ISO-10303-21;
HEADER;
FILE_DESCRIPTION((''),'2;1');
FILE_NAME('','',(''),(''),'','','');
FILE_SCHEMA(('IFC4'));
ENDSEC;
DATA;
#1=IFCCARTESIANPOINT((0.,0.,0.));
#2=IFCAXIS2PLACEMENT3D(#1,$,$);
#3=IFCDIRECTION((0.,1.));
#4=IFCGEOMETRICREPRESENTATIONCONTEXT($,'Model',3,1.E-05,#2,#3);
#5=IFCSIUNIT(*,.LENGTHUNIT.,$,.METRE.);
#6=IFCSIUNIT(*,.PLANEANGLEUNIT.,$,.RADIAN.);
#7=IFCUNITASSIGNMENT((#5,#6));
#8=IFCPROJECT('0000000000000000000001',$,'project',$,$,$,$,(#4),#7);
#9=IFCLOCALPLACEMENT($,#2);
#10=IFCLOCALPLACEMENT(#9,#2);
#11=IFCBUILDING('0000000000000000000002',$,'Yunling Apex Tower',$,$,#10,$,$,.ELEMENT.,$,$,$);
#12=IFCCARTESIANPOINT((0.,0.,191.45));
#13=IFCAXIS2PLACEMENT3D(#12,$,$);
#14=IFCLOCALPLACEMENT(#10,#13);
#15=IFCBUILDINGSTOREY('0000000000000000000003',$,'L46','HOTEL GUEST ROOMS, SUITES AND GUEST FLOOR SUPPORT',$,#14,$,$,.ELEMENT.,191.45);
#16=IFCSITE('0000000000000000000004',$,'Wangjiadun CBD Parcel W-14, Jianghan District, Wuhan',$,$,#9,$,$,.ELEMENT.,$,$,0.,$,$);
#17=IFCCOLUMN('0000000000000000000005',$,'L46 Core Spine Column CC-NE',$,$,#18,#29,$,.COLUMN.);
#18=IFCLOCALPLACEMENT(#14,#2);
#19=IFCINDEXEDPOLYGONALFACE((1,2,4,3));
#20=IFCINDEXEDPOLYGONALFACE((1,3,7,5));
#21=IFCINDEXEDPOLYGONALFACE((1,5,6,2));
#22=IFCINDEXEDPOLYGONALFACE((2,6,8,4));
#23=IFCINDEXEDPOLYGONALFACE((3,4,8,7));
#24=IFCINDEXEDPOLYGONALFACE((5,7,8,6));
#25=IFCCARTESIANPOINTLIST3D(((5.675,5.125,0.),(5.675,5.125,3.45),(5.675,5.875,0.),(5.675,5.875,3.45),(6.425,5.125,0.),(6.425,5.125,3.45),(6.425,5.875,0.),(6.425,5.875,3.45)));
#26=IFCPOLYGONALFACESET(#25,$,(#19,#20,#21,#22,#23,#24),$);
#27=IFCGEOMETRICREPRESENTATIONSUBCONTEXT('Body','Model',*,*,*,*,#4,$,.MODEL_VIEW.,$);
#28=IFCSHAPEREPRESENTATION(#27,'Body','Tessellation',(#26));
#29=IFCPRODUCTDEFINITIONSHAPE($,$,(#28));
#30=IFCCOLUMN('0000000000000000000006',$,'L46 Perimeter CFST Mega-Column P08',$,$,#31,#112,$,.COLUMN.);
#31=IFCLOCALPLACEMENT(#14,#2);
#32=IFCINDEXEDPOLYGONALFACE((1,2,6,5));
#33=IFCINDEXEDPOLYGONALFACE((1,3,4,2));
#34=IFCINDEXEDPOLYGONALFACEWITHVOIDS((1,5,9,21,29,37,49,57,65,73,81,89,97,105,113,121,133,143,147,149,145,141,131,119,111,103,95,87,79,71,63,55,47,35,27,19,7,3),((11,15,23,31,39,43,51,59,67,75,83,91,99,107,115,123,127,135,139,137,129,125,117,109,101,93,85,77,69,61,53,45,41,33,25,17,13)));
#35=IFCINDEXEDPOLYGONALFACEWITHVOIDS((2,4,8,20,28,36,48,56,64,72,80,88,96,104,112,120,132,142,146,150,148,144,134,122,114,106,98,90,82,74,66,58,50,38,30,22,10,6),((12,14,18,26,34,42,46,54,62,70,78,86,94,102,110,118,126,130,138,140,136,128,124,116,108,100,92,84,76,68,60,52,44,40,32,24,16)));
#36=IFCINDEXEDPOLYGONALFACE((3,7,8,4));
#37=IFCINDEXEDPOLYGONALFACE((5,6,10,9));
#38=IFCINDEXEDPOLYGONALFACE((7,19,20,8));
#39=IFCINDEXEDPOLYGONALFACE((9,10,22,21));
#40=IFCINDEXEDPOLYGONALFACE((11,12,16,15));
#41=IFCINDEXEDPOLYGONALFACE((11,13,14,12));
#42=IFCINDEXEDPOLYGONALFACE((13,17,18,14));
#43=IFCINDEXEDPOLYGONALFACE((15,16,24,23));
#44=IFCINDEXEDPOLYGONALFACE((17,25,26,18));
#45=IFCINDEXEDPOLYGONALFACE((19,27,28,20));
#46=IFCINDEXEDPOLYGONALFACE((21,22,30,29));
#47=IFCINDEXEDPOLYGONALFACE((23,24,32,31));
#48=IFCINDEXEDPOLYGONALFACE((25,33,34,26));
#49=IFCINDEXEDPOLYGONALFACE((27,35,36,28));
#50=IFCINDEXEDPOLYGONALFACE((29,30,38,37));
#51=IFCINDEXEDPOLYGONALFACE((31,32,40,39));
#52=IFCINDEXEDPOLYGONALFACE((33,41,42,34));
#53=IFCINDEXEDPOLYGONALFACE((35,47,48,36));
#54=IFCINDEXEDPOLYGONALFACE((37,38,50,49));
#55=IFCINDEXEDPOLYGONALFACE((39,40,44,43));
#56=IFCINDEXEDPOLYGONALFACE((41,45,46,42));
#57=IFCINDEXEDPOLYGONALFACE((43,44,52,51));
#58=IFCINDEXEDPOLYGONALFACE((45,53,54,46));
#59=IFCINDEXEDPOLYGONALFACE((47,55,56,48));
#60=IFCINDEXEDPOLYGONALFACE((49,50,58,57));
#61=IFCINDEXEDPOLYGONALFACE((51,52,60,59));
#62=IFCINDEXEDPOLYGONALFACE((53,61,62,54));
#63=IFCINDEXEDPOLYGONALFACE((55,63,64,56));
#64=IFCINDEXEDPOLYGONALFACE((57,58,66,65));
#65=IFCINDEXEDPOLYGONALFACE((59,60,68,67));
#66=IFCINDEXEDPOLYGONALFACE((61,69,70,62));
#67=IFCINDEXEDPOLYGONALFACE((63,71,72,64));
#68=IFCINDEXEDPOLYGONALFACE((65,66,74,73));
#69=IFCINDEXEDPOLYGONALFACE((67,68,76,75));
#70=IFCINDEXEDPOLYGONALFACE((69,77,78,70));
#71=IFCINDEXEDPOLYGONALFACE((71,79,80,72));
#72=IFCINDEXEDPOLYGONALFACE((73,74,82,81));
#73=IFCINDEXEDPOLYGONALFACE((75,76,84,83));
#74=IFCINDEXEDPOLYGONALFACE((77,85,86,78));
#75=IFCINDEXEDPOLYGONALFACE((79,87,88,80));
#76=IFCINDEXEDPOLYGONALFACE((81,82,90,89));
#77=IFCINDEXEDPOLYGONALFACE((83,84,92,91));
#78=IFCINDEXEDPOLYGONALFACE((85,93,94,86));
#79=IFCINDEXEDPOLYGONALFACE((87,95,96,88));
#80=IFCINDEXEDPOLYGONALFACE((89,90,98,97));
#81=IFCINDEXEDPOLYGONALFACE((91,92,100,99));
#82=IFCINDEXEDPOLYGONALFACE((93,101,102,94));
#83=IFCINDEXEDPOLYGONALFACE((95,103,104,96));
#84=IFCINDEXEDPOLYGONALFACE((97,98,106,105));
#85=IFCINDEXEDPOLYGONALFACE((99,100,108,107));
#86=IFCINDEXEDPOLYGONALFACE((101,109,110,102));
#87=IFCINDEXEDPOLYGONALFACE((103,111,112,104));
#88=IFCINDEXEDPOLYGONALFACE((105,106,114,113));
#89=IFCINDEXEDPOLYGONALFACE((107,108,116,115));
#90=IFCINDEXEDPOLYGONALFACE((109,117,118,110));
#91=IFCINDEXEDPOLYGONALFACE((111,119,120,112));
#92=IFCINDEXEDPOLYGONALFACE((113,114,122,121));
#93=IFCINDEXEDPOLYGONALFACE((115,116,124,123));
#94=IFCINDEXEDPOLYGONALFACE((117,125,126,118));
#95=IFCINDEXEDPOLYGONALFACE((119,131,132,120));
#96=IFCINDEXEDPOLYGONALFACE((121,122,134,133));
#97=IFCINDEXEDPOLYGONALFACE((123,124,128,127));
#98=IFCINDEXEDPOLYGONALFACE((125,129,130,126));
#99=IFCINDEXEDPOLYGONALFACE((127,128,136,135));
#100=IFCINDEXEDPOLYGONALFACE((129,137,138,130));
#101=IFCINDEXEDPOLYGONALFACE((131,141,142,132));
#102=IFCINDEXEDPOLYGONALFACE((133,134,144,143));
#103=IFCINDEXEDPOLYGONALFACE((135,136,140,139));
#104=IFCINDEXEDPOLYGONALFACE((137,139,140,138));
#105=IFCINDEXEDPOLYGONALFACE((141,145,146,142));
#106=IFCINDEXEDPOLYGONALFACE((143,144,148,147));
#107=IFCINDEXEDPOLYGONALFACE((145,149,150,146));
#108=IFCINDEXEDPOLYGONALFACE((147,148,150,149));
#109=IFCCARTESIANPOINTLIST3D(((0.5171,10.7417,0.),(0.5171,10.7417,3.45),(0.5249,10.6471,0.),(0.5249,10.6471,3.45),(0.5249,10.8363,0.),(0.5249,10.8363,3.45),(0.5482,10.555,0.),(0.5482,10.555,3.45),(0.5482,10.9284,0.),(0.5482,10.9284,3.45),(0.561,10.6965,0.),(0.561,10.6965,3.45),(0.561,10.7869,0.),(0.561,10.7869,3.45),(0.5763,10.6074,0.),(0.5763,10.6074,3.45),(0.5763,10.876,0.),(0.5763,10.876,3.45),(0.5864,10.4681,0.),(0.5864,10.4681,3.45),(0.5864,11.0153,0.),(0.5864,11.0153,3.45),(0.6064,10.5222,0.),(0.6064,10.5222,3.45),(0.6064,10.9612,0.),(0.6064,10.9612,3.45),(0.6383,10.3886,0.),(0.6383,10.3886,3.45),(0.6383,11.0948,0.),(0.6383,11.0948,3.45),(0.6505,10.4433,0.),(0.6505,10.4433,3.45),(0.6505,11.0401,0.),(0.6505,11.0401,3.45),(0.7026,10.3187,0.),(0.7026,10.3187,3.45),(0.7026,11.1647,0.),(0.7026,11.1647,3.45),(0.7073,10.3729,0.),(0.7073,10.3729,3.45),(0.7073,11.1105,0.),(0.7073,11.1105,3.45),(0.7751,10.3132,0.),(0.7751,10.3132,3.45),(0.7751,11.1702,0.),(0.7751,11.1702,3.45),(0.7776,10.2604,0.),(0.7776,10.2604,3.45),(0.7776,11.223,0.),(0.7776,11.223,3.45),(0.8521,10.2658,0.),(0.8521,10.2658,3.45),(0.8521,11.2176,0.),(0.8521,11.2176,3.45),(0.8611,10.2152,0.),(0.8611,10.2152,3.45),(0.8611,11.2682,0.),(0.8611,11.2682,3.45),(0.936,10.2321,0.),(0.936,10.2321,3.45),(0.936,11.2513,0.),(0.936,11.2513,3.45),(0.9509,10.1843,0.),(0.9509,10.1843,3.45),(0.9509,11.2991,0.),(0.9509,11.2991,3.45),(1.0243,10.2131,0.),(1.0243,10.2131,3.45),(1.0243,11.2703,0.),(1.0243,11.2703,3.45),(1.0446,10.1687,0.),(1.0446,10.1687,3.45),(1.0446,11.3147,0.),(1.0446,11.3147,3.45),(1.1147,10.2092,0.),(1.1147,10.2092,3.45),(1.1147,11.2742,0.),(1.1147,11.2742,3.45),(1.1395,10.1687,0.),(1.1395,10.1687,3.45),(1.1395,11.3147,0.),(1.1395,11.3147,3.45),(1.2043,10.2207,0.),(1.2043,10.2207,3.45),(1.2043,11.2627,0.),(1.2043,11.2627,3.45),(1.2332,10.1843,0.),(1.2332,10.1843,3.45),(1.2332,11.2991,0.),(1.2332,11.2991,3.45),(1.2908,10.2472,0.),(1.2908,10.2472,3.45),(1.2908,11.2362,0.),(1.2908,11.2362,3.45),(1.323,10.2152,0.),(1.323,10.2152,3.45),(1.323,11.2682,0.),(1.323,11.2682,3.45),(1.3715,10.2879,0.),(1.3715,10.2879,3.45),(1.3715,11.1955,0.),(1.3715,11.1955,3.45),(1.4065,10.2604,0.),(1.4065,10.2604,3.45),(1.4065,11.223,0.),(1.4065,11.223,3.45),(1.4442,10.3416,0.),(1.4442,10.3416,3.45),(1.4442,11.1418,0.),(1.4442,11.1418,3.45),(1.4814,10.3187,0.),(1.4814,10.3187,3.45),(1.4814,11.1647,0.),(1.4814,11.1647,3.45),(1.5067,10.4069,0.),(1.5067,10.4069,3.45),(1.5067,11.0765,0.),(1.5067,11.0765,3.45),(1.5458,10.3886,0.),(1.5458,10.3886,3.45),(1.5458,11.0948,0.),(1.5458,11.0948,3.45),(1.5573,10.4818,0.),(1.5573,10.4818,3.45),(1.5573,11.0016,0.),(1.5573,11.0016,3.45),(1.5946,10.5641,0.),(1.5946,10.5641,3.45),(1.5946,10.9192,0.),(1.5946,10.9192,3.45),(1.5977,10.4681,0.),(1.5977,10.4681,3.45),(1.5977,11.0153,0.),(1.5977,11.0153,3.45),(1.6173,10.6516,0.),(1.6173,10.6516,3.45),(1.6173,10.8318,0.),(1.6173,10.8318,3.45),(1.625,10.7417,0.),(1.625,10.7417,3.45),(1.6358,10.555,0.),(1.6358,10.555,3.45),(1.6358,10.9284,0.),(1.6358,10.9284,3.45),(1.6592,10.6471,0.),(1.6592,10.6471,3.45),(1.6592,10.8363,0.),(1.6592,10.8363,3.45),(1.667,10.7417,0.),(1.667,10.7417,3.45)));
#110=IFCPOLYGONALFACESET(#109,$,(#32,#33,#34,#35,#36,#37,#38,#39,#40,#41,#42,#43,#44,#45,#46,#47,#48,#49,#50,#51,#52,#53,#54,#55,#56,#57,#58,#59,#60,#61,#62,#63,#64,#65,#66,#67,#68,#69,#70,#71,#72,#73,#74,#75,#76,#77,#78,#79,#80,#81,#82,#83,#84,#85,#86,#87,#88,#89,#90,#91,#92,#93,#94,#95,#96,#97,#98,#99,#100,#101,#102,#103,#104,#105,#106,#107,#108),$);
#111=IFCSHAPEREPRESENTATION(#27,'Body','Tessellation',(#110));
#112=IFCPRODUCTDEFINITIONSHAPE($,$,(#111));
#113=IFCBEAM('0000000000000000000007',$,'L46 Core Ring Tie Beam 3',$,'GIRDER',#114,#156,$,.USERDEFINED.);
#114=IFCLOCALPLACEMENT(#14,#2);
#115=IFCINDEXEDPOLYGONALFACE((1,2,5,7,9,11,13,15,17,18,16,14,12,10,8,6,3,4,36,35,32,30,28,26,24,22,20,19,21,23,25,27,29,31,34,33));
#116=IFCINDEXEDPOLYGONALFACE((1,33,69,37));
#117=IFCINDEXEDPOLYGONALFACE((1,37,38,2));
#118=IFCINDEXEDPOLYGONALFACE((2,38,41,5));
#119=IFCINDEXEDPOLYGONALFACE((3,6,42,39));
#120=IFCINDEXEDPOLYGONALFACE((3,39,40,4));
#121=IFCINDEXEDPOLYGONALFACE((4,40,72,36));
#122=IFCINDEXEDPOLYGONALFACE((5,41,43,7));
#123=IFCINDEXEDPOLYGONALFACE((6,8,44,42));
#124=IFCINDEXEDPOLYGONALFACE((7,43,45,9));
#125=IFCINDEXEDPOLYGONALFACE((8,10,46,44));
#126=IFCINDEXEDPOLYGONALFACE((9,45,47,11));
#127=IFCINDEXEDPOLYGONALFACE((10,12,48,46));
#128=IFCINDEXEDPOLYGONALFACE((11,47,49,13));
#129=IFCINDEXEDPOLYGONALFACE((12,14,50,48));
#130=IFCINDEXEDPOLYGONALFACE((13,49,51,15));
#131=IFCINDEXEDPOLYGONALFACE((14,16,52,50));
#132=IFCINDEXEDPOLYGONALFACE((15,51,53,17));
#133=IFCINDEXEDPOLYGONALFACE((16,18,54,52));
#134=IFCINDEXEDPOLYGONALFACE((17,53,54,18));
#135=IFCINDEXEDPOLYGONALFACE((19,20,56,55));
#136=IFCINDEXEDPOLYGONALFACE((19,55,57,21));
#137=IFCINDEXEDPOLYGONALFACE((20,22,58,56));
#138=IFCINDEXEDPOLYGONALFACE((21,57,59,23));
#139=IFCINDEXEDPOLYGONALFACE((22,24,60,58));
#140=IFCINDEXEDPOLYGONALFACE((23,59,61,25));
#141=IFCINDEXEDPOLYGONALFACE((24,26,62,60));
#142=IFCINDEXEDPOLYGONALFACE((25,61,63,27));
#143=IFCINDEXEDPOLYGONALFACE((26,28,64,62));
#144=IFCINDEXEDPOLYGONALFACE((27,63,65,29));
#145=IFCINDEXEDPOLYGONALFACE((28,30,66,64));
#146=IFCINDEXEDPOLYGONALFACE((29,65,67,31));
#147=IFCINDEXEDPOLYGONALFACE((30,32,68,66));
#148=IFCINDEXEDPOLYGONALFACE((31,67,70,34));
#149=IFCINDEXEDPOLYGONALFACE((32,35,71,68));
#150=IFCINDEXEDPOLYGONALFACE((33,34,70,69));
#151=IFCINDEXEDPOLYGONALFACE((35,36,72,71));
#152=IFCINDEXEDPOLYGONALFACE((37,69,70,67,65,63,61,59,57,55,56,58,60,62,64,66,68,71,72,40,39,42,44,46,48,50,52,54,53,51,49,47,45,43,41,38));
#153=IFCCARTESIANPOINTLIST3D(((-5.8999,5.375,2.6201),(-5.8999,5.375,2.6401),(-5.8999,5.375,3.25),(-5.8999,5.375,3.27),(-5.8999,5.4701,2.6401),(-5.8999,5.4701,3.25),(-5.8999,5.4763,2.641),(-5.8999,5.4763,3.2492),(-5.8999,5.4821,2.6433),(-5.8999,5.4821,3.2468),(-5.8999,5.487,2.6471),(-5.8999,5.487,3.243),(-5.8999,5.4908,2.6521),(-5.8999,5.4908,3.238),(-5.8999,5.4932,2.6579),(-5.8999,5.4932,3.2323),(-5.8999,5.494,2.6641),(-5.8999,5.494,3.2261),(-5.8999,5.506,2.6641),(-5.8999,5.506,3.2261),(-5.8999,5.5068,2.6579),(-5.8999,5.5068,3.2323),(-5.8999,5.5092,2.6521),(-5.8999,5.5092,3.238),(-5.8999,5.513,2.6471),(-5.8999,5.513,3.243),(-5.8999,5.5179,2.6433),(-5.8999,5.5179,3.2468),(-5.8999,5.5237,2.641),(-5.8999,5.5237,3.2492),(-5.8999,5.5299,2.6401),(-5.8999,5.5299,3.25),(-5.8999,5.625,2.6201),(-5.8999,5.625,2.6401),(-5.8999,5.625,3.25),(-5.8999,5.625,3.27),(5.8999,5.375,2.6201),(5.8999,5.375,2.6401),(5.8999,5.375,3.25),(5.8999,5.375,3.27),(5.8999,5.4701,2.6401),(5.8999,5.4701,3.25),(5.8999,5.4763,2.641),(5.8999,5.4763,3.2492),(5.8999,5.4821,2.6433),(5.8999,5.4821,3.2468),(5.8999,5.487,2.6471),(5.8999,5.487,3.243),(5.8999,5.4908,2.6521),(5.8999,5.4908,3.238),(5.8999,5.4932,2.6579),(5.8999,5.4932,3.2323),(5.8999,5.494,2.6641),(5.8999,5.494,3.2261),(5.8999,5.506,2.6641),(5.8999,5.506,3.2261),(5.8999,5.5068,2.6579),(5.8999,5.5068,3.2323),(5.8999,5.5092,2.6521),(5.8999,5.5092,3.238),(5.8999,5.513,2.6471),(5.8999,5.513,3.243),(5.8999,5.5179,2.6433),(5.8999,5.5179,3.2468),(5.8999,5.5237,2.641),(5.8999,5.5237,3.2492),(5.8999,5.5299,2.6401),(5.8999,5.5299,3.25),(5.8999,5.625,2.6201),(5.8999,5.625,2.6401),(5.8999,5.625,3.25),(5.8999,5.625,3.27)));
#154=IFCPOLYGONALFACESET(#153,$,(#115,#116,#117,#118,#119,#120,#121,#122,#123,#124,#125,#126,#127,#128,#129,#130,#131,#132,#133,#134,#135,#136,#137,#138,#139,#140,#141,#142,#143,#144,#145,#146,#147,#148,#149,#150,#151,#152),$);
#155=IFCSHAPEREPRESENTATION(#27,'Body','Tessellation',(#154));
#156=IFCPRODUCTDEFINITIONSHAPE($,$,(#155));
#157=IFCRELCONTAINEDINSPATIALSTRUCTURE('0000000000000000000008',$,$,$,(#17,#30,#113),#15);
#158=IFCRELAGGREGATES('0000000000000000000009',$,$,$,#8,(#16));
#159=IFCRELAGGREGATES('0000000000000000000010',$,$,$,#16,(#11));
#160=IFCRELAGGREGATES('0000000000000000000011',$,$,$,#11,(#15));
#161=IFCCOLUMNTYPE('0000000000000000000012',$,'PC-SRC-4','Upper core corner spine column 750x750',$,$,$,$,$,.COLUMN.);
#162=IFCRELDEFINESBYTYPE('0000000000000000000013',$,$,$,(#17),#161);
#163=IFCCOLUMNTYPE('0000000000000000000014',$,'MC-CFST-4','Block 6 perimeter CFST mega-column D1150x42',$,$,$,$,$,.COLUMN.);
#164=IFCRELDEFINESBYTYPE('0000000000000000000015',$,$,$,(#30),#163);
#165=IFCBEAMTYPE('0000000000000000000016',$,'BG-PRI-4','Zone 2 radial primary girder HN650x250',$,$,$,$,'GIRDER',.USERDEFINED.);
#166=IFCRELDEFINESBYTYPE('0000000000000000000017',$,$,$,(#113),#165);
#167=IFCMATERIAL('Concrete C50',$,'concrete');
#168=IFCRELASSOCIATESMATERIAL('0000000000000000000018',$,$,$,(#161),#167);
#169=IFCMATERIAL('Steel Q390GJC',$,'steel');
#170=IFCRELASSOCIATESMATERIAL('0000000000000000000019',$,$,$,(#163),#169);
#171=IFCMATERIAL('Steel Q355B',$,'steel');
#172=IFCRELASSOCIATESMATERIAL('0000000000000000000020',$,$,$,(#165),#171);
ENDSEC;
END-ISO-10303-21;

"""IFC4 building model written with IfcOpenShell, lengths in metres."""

from ifc_helpers import new_model, si_unit, direction, frame, origin, origin_2d, place, context, subcontext, project, spatial, rectangle, hollow_circle, i_section, extrude, source, transform, mapped, material, material_profile, profile_set, type_object, element, save


model = new_model("IFC4")

# Units and contexts
model_context = context("Model", 3, precision=1e-05, world=origin(), true_north=direction((0.0, 1.0)))
body_context = subcontext(model_context, "Body", "Model", "MODEL_VIEW")
ifc_project = project(units=[si_unit("LENGTHUNIT", "METRE"), si_unit("PLANEANGLEUNIT", "RADIAN")], contexts=[model_context])

# Site, building, storey
site_placement = place(None, origin())
site = spatial("IfcSite", under=ifc_project, at=site_placement, Name="Wangjiadun CBD Parcel W-14, Jianghan District, Wuhan", CompositionType="ELEMENT", RefElevation=0.0)
building_placement = place(site_placement, origin())
building = spatial("IfcBuilding", under=site, at=building_placement, Name="Yunling Apex Tower", CompositionType="ELEMENT")
storey_placement = place(building_placement, frame((0.0, 0.0, 191.45)))
storey = spatial("IfcBuildingStorey", under=building, at=storey_placement, Name="L46", Description="HOTEL GUEST ROOMS, SUITES AND GUEST FLOOR SUPPORT", CompositionType="ELEMENT", Elevation=191.45)

# Columns
ifc_material_1 = material(Name="Concrete C50", Category="concrete")
ifc_material_profile_1 = material_profile(ifc_material_1, rectangle(XDim=0.75, YDim=0.75, at=origin_2d()))
ifc_profile_set_1 = profile_set([ifc_material_profile_1], Name="Concrete C50")
column_type_1 = type_object("IfcColumnType", Name="PC-SRC-4", Description="Upper core corner spine column 750x750", PredefinedType="COLUMN", material=ifc_profile_set_1)
shared_shape_1 = source(origin(), body_context, "Body", "SweptSolid", [
    extrude(rectangle(XDim=0.75, YDim=0.75, at=origin_2d()), origin(), (0.0, 0.0, 1.0), 3.45),
])
column_1_placement = place(storey_placement, frame((6.05, 5.5, 0.0), z_axis=(0.0, 0.0, 1.0), x_axis=(1.0, 0.0, 0.0)))
element("IfcColumn", 1, at=column_1_placement, inside=storey, type_object=column_type_1, Name="L46 Core Spine Column CC-NE", PredefinedType="COLUMN", context=body_context, shape_type="MappedRepresentation", body=[
    mapped(shared_shape_1, transform((0.0, 0.0, 0.0), scale=1.0)),
])
ifc_material_2 = material(Name="Steel Q390GJC", Category="steel")
ifc_material_profile_2 = material_profile(ifc_material_2, hollow_circle(Radius=0.575, WallThickness=0.042, at=origin_2d()))
ifc_profile_set_2 = profile_set([ifc_material_profile_2], Name="Steel Q390GJC")
column_type_2 = type_object("IfcColumnType", Name="MC-CFST-4", Description="Block 6 perimeter CFST mega-column D1150x42", PredefinedType="COLUMN", material=ifc_profile_set_2)
shared_shape_2 = source(origin(), body_context, "Body", "SweptSolid", [
    extrude(hollow_circle(Radius=0.575, WallThickness=0.042, at=origin_2d()), origin(), (0.0, 0.0, 1.0), 3.45),
])
column_2_placement = place(storey_placement, frame((1.092, 10.7417, 0.0), z_axis=(0.0, 0.0, 1.0), x_axis=(1.0, 0.0, 0.0)))
element("IfcColumn", 2, at=column_2_placement, inside=storey, type_object=column_type_2, Name="L46 Perimeter CFST Mega-Column P08", PredefinedType="COLUMN", context=body_context, shape_type="MappedRepresentation", body=[
    mapped(shared_shape_2, transform((0.0, 0.0, 0.0), scale=1.0)),
])

# Beam
ifc_material_3 = material(Name="Steel Q355B", Category="steel")
ifc_material_profile_3 = material_profile(ifc_material_3, i_section(OverallWidth=0.25, OverallDepth=0.6499, WebThickness=0.012, FlangeThickness=0.02, FilletRadius=0.0239, at=origin_2d()))
ifc_profile_set_3 = profile_set([ifc_material_profile_3], Name="Steel Q355B")
beam_type_1 = type_object("IfcBeamType", Name="BG-PRI-4", Description="Zone 2 radial primary girder HN650x250", ElementType="GIRDER", PredefinedType="USERDEFINED", material=ifc_profile_set_3)
shared_shape_3 = source(origin(), body_context, "Body", "SweptSolid", [
    extrude(i_section(OverallWidth=0.25, OverallDepth=0.6499, WebThickness=0.012, FlangeThickness=0.02, FilletRadius=0.0239, at=origin_2d()), origin(), (0.0, 0.0, 1.0), 11.7998),
])
beam_1_placement = place(storey_placement, frame((5.8999, 5.5, 2.9451), z_axis=(-1.0, 0.0, 0.0), x_axis=(0.0, -1.0, 0.0)))
element("IfcBeam", 3, at=beam_1_placement, inside=storey, type_object=beam_type_1, Name="L46 Core Ring Tie Beam 3", ObjectType="GIRDER", PredefinedType="USERDEFINED", context=body_context, shape_type="MappedRepresentation", body=[
    mapped(shared_shape_3, transform((0.0, 0.0, 0.0), scale=1.0)),
])

save(model, "model.ifc")
